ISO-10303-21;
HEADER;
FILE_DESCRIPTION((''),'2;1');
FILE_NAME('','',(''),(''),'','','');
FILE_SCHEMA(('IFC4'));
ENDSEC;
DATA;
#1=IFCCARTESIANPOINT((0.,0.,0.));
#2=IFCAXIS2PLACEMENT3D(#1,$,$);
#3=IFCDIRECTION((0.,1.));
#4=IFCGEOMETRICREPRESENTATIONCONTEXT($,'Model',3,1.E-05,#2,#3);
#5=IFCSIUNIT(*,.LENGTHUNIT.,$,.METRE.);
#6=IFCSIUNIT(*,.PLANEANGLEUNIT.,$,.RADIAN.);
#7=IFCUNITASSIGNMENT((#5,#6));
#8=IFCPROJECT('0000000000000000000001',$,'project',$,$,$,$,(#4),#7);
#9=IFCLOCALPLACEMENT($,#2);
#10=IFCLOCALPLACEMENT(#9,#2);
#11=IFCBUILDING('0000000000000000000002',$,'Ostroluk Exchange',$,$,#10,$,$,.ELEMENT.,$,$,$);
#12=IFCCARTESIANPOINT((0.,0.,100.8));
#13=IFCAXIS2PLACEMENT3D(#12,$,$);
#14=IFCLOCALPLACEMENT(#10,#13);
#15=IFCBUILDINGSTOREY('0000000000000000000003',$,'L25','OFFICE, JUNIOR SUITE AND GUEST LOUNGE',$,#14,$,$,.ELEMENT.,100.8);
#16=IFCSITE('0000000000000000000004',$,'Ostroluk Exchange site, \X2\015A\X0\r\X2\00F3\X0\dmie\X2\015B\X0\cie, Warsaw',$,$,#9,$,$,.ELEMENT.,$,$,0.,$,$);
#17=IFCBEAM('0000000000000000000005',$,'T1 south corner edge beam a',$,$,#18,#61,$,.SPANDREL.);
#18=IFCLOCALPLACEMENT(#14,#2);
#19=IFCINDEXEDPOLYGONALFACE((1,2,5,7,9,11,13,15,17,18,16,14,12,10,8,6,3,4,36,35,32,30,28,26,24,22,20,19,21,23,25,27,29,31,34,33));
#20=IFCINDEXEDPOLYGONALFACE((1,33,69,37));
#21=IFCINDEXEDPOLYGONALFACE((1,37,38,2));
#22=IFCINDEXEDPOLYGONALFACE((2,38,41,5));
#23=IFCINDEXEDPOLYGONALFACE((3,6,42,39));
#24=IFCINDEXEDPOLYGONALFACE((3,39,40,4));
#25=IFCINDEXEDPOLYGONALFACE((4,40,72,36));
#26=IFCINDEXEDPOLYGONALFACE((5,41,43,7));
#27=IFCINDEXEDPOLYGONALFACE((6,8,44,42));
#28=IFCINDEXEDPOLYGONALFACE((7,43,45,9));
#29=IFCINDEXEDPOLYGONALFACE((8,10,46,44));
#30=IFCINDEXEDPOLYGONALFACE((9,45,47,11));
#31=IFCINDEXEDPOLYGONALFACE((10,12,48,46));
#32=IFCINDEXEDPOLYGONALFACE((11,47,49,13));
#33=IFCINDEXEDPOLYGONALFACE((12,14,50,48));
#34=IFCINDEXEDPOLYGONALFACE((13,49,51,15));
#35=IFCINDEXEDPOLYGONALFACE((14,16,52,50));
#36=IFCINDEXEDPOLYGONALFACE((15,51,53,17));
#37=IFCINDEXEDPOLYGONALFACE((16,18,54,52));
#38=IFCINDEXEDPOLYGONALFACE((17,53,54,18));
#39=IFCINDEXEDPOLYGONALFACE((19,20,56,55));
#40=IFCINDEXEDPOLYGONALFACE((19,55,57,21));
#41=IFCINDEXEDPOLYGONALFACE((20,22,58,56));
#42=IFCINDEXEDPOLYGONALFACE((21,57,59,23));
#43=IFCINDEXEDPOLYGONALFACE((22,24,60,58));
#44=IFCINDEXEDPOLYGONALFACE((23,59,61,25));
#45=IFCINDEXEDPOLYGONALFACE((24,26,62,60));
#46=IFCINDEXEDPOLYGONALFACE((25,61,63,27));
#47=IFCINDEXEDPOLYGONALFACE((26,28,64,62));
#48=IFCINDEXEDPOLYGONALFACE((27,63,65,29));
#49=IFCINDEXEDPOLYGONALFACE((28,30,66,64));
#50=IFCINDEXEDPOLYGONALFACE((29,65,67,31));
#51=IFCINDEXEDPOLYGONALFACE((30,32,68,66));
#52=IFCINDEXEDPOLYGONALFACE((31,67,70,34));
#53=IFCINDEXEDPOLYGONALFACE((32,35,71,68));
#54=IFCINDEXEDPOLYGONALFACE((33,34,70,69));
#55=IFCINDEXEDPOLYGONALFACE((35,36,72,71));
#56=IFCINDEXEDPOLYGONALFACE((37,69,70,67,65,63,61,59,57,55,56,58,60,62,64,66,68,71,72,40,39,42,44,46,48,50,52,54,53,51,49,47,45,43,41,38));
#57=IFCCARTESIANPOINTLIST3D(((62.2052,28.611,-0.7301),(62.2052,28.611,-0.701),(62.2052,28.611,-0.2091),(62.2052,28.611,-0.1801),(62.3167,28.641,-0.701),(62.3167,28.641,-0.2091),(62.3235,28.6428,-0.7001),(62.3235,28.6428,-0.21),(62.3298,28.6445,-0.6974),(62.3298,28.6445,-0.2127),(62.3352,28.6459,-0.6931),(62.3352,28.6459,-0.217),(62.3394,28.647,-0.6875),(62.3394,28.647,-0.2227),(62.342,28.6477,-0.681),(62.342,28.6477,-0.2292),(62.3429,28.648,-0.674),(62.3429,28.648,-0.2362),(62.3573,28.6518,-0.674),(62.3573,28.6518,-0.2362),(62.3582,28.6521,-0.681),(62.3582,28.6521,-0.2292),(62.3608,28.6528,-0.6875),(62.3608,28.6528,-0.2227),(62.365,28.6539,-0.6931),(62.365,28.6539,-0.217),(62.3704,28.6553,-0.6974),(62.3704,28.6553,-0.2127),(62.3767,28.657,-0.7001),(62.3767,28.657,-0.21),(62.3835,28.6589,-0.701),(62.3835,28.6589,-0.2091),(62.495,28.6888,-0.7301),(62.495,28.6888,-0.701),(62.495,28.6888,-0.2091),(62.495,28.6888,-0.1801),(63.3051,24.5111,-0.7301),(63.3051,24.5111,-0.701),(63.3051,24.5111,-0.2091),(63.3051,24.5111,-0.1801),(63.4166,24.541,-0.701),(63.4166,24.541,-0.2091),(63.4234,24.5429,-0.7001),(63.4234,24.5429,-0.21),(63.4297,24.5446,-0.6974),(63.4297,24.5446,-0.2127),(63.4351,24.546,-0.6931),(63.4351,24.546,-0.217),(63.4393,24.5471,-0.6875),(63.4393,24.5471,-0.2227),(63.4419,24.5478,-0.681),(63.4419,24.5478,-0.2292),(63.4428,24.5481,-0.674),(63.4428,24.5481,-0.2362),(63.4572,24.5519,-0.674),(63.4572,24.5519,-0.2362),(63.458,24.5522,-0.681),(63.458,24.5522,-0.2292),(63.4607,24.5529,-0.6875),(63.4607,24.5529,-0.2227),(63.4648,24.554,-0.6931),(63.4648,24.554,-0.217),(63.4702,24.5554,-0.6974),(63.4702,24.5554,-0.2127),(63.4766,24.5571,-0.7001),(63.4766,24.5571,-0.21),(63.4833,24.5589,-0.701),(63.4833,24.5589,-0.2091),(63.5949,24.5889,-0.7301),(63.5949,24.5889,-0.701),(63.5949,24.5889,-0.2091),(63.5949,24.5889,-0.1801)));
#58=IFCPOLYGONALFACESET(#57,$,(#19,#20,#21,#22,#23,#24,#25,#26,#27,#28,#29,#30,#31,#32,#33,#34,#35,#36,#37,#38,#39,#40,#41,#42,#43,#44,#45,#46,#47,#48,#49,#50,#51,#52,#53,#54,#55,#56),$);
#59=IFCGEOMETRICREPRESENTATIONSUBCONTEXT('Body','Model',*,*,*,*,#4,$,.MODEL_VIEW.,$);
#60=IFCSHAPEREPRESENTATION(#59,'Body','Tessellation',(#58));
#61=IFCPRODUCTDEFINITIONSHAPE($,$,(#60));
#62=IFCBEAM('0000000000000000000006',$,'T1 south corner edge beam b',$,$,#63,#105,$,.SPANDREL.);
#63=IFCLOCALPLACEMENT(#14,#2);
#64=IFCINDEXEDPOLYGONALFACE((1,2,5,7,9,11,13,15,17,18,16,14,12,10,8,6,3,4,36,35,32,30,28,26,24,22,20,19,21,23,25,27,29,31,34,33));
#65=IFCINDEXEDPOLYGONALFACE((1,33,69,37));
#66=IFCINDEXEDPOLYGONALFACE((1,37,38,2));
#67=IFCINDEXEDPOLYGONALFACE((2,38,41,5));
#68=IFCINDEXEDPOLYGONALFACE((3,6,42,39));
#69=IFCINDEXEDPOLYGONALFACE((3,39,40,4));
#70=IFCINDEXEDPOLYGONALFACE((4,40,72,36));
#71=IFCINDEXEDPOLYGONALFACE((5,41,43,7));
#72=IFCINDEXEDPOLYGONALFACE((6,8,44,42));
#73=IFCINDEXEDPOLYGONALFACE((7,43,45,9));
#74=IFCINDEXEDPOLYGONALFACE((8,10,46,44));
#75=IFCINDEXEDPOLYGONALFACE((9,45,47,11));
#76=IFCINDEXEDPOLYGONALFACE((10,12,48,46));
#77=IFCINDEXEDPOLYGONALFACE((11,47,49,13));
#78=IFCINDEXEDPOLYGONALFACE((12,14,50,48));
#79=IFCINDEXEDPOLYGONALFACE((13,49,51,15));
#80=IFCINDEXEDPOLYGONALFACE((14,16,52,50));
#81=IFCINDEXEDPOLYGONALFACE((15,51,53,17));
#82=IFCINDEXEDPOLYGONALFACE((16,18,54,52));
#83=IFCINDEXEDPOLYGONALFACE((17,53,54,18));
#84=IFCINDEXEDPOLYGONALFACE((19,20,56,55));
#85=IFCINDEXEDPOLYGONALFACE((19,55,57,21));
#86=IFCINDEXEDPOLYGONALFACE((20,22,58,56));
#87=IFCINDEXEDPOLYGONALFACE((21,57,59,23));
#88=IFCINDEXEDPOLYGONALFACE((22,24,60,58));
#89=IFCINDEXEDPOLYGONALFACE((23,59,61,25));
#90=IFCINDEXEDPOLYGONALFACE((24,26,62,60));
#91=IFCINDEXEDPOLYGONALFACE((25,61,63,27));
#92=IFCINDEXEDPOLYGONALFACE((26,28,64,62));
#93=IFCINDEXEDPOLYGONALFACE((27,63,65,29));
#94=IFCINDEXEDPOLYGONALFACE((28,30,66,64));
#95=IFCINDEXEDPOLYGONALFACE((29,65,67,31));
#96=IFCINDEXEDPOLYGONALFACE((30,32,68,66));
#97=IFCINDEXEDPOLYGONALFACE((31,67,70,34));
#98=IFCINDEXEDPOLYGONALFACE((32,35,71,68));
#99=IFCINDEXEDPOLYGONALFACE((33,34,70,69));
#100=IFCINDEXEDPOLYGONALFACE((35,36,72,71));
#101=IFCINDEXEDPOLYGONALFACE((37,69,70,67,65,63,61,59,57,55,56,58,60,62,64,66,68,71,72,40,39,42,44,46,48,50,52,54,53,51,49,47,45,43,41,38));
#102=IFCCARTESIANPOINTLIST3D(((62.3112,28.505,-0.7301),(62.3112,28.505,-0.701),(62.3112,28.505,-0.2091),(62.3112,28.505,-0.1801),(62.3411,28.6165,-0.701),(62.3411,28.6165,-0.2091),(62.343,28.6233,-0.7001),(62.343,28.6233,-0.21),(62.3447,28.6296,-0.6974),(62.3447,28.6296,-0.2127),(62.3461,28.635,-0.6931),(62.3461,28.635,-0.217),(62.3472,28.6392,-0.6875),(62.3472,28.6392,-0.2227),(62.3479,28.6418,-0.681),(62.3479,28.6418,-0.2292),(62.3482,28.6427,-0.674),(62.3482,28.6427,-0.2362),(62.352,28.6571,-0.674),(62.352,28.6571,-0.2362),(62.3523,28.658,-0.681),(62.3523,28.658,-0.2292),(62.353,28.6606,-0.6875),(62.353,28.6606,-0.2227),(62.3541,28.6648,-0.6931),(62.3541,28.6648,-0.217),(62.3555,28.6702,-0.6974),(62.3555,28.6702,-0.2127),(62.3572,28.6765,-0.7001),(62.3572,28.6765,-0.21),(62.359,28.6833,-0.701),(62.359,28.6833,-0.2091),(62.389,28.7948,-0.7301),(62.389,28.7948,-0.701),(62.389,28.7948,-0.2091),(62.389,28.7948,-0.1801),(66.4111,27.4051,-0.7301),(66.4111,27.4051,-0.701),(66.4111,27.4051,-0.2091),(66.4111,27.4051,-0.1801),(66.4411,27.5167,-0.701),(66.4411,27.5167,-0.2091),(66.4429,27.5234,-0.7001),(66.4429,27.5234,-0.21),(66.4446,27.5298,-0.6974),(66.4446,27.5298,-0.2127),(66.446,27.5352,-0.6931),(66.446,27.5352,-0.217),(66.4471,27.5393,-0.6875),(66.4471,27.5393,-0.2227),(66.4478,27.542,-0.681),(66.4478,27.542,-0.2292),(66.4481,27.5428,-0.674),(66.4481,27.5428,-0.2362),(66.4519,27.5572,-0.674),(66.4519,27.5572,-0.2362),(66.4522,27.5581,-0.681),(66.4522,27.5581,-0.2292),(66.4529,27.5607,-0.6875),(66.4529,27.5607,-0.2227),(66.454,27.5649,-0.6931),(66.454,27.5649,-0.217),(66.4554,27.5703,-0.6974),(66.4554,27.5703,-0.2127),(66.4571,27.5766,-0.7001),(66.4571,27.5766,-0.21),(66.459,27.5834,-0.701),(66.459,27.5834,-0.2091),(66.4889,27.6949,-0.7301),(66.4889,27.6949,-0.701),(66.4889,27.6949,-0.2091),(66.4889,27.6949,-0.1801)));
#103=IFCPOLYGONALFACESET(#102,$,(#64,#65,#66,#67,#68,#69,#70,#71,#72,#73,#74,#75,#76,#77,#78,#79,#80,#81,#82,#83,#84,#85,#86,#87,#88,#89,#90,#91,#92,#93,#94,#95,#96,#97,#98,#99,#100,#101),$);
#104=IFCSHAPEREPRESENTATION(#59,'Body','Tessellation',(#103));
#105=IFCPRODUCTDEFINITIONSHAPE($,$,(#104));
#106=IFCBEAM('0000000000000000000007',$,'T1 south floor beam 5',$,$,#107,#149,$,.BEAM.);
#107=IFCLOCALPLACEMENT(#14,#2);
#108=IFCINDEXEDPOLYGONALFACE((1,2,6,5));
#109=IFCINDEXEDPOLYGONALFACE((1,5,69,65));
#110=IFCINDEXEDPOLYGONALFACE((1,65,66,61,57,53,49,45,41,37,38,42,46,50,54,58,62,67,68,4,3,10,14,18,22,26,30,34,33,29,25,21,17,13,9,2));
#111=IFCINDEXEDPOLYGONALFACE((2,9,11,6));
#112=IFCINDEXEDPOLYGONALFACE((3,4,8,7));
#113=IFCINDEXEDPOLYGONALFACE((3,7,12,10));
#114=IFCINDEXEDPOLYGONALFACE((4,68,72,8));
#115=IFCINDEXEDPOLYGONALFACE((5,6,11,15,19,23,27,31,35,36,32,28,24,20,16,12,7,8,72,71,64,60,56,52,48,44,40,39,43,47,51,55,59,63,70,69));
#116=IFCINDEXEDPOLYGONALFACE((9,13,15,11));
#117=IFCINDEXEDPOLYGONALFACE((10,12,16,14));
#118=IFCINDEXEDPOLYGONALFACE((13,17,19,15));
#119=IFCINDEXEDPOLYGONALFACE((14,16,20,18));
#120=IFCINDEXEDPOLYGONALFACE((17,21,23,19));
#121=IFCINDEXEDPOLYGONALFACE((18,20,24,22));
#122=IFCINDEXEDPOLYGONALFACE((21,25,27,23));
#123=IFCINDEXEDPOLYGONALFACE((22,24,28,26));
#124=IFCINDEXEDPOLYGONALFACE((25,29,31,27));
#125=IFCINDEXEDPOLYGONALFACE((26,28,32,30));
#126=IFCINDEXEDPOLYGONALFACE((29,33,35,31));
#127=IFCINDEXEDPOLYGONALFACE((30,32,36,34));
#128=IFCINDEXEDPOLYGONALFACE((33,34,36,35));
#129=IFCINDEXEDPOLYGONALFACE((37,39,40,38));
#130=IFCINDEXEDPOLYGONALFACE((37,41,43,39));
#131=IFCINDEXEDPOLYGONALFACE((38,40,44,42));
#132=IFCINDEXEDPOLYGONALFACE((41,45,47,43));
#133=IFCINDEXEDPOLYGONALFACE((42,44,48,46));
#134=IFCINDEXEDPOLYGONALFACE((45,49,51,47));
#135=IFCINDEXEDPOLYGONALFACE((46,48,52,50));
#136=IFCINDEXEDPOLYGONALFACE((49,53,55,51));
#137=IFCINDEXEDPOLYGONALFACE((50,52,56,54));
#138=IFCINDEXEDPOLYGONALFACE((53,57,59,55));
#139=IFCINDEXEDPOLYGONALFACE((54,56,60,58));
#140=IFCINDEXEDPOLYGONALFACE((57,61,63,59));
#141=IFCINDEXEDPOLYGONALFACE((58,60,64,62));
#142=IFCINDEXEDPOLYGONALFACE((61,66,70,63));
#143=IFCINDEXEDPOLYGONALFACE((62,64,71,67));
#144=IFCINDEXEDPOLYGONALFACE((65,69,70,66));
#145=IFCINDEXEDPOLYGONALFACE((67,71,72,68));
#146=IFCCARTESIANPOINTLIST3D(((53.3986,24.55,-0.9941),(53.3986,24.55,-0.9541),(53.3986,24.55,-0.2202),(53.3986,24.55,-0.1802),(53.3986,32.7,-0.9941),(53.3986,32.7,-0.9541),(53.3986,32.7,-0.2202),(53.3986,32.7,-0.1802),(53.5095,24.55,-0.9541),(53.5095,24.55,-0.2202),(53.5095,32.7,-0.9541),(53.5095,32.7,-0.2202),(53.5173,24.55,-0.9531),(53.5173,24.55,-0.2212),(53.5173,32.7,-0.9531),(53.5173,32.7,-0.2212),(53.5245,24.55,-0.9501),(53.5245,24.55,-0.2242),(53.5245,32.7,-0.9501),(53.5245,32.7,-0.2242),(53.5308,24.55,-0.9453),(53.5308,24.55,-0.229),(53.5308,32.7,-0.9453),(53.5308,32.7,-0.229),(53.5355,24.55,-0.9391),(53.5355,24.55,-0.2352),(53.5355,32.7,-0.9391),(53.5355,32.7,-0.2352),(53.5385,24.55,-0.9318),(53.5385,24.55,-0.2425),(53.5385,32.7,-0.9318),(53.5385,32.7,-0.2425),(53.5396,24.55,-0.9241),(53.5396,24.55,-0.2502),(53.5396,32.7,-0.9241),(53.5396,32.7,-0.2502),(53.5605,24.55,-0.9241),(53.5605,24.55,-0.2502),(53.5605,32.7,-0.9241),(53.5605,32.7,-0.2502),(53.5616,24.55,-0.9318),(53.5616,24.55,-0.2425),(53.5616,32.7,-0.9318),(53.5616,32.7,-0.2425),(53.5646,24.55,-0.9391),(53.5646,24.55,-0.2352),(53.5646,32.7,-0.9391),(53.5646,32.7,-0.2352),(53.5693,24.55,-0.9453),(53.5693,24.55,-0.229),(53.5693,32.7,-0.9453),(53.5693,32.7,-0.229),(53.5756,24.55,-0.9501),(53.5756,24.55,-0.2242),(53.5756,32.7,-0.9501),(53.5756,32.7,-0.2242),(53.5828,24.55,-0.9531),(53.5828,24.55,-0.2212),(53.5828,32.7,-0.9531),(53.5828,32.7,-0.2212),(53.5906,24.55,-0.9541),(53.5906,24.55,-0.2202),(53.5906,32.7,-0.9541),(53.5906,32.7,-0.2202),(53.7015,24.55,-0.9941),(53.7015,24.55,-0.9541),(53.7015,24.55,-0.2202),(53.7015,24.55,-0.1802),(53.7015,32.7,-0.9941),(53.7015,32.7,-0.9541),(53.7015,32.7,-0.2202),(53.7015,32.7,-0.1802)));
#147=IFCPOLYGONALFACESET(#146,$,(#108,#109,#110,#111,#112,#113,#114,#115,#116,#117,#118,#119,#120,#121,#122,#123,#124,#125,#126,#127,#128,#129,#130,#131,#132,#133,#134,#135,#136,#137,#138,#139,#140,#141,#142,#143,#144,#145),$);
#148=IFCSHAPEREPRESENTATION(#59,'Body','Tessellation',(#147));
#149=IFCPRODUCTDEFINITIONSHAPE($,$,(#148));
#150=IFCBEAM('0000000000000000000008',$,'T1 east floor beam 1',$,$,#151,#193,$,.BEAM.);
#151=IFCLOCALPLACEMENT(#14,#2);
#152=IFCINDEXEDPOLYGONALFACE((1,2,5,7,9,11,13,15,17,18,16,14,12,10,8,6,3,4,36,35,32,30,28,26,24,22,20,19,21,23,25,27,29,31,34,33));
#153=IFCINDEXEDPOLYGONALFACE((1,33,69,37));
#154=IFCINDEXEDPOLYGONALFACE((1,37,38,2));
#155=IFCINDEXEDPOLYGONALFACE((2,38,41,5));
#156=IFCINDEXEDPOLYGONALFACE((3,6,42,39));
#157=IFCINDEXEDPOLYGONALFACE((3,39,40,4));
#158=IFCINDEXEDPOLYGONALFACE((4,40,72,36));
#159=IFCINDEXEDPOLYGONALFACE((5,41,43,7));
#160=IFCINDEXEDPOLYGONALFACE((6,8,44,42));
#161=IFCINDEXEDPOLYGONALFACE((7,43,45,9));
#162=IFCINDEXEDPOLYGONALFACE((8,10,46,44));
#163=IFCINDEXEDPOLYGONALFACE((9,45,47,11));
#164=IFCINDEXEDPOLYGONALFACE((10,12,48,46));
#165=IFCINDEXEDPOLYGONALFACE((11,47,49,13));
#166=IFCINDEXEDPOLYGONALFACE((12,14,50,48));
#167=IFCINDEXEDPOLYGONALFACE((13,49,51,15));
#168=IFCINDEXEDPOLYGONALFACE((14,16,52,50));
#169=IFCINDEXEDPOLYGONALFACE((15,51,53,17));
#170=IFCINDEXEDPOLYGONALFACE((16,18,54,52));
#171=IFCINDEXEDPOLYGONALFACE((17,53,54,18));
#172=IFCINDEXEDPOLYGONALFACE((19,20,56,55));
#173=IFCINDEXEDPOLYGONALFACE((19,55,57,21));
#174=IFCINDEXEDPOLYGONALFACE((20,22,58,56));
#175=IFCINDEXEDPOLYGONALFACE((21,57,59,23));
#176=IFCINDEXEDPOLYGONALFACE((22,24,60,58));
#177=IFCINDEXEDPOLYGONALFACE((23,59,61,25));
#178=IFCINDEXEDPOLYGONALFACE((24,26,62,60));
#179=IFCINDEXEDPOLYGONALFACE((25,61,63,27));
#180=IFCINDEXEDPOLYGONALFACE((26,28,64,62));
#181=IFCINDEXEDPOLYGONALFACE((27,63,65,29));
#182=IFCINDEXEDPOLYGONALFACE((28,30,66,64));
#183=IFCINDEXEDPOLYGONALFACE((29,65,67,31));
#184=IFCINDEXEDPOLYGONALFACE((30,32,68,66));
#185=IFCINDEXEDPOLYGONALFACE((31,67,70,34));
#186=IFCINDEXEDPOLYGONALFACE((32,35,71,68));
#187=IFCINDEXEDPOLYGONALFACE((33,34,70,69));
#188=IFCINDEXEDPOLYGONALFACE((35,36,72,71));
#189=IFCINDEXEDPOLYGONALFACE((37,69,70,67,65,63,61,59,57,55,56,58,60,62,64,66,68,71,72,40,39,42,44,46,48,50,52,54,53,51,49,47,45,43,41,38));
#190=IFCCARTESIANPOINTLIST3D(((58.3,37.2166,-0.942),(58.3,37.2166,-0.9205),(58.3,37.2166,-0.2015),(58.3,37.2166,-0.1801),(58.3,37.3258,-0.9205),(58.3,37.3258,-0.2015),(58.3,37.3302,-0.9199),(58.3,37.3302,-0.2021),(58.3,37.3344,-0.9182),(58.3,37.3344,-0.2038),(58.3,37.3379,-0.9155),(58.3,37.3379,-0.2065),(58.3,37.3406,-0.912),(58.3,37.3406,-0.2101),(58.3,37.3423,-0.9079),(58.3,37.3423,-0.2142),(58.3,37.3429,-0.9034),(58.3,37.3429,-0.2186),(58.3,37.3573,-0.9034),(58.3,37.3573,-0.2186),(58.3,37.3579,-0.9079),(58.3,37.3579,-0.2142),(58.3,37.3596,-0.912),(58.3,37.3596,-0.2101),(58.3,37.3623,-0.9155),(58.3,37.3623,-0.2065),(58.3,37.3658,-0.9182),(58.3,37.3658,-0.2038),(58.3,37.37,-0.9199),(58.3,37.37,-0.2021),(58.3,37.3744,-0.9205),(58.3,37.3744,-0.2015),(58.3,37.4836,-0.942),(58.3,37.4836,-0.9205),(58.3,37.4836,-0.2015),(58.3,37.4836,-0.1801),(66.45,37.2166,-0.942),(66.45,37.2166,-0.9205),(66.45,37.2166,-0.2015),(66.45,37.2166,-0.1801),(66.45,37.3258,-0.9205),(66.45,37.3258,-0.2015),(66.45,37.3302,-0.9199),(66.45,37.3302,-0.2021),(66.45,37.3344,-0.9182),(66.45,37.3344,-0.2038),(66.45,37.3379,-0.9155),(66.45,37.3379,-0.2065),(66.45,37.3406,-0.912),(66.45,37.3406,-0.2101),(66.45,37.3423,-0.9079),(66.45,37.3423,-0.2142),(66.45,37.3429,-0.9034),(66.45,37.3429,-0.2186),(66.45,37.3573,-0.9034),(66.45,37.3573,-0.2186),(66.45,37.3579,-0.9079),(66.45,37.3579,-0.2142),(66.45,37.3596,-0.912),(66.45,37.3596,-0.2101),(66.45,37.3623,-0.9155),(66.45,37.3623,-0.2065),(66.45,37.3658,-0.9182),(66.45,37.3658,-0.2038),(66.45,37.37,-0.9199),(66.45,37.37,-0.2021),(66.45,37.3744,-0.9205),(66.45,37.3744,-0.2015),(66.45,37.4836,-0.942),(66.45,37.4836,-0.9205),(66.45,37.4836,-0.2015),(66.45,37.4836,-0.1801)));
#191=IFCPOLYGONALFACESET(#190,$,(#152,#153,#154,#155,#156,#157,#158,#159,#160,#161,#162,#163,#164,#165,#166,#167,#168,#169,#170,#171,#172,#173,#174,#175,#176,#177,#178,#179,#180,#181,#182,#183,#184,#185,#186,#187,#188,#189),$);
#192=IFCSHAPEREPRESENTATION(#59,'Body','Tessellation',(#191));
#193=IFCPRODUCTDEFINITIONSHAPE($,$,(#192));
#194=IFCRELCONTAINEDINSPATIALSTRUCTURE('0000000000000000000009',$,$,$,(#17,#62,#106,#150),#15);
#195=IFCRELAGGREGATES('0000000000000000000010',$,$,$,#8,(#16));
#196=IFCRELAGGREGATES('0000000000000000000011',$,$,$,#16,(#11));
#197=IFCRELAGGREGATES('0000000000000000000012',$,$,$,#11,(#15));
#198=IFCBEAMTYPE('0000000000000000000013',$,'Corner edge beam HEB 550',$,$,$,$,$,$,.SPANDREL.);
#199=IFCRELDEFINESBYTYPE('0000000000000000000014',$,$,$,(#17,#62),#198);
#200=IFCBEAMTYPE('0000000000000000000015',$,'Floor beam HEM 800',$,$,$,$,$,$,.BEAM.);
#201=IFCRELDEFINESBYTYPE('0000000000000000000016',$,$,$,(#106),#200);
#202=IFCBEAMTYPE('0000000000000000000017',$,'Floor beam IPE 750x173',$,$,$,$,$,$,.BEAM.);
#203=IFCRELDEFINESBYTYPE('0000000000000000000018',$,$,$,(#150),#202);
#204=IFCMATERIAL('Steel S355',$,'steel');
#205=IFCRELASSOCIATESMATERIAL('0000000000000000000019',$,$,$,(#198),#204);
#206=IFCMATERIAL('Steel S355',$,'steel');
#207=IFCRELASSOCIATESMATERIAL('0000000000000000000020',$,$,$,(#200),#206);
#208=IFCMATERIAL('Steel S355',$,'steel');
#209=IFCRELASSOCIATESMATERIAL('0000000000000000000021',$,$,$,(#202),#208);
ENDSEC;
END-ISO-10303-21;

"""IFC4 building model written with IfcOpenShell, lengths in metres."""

from ifc_helpers import new_model, si_unit, direction, frame, origin, origin_2d, place, context, subcontext, project, spatial, i_section, extrude, material, material_profile, profile_set, type_object, element, save


model = new_model("IFC4")

# Units and contexts
model_context = context("Model", 3, precision=1e-05, world=origin(), true_north=direction((0.0, 1.0)))
body_context = subcontext(model_context, "Body", "Model", "MODEL_VIEW")
ifc_project = project(units=[si_unit("LENGTHUNIT", "METRE"), si_unit("PLANEANGLEUNIT", "RADIAN")], contexts=[model_context])

# Site, building, storey
site_placement = place(None, origin())
site = spatial("IfcSite", under=ifc_project, at=site_placement, Name="Ostroluk Exchange site, Śródmieście, Warsaw", CompositionType="ELEMENT", RefElevation=0.0)
building_placement = place(site_placement, origin())
building = spatial("IfcBuilding", under=site, at=building_placement, Name="Ostroluk Exchange", CompositionType="ELEMENT")
storey_placement = place(building_placement, frame((0.0, 0.0, 100.8)))
storey = spatial("IfcBuildingStorey", under=building, at=storey_placement, Name="L25", Description="OFFICE, JUNIOR SUITE AND GUEST LOUNGE", CompositionType="ELEMENT", Elevation=100.8)

# Beams
ifc_material_1 = material(Name="Steel S355", Category="steel")
ifc_material_profile_1 = material_profile(ifc_material_1, i_section(OverallWidth=0.3, OverallDepth=0.55, WebThickness=0.0149, FlangeThickness=0.0291, FilletRadius=0.0271, at=origin_2d()), Name="HEB 550")
ifc_profile_set_1 = profile_set([ifc_material_profile_1], Name="Steel S355")
beam_type_1 = type_object("IfcBeamType", Name="Corner edge beam HEB 550", PredefinedType="SPANDREL", material=ifc_profile_set_1)
for number, where, z_axis, x_axis, name in (
    (1, (62.3501, 28.6499, -0.4551), (0.259105, -0.965849, 0.0), (0.965849, 0.259105, 0.0), "T1 south corner edge beam a"),
    (2, (62.3501, 28.6499, -0.4551), (0.965849, -0.259105, 0.0), (0.259105, 0.965849, 0.0), "T1 south corner edge beam b"),
):
    element("IfcBeam", number, at=place(storey_placement, frame(where, z_axis=z_axis, x_axis=x_axis)), inside=storey, type_object=beam_type_1, Name=name, PredefinedType="SPANDREL", context=body_context, shape_type="SweptSolid", body=[
        extrude(i_section(OverallWidth=0.3, OverallDepth=0.55, WebThickness=0.0149, FlangeThickness=0.0291, FilletRadius=0.0271, at=origin_2d()), origin(), (0.0, 0.0, 1.0), 4.2449),
    ])
ifc_material_2 = material(Name="Steel S355", Category="steel")
ifc_material_profile_2 = material_profile(ifc_material_2, i_section(OverallWidth=0.303, OverallDepth=0.814, WebThickness=0.021, FlangeThickness=0.04, FilletRadius=0.03, at=origin_2d()), Name="HEM 800")
ifc_profile_set_2 = profile_set([ifc_material_profile_2], Name="Steel S355")
beam_type_2 = type_object("IfcBeamType", Name="Floor beam HEM 800", PredefinedType="BEAM", material=ifc_profile_set_2)
beam_1_placement = place(storey_placement, frame((53.55, 32.7, -0.5872), z_axis=(0.0, -1.0, 0.0), x_axis=(1.0, 0.0, 0.0)))
element("IfcBeam", 3, at=beam_1_placement, inside=storey, type_object=beam_type_2, Name="T1 south floor beam 5", PredefinedType="BEAM", context=body_context, shape_type="SweptSolid", body=[
    extrude(i_section(OverallWidth=0.303, OverallDepth=0.814, WebThickness=0.021, FlangeThickness=0.04, FilletRadius=0.03, at=origin_2d()), origin(), (0.0, 0.0, 1.0), 8.1499),
])
ifc_material_3 = material(Name="Steel S355", Category="steel")
ifc_material_profile_3 = material_profile(ifc_material_3, i_section(OverallWidth=0.2671, OverallDepth=0.762, WebThickness=0.0144, FlangeThickness=0.0215, FilletRadius=0.0171, at=origin_2d()), Name="IPE 750x173")
ifc_profile_set_3 = profile_set([ifc_material_profile_3], Name="Steel S355")
beam_type_3 = type_object("IfcBeamType", Name="Floor beam IPE 750x173", PredefinedType="BEAM", material=ifc_profile_set_3)
for number, where, z_axis, x_axis, name in (
    (4, (58.3, 37.3501, -0.561), (1.0, 0.0, 0.0), (0.0, 1.0, 0.0), "T1 east floor beam 1"),
):
    element("IfcBeam", number, at=place(storey_placement, frame(where, z_axis=z_axis, x_axis=x_axis)), inside=storey, type_object=beam_type_3, Name=name, PredefinedType="BEAM", context=body_context, shape_type="SweptSolid", body=[
        extrude(i_section(OverallWidth=0.2671, OverallDepth=0.762, WebThickness=0.0144, FlangeThickness=0.0215, FilletRadius=0.0171, at=origin_2d()), origin(), (0.0, 0.0, 1.0), 8.1499),
    ])

save(model, "model.ifc")
